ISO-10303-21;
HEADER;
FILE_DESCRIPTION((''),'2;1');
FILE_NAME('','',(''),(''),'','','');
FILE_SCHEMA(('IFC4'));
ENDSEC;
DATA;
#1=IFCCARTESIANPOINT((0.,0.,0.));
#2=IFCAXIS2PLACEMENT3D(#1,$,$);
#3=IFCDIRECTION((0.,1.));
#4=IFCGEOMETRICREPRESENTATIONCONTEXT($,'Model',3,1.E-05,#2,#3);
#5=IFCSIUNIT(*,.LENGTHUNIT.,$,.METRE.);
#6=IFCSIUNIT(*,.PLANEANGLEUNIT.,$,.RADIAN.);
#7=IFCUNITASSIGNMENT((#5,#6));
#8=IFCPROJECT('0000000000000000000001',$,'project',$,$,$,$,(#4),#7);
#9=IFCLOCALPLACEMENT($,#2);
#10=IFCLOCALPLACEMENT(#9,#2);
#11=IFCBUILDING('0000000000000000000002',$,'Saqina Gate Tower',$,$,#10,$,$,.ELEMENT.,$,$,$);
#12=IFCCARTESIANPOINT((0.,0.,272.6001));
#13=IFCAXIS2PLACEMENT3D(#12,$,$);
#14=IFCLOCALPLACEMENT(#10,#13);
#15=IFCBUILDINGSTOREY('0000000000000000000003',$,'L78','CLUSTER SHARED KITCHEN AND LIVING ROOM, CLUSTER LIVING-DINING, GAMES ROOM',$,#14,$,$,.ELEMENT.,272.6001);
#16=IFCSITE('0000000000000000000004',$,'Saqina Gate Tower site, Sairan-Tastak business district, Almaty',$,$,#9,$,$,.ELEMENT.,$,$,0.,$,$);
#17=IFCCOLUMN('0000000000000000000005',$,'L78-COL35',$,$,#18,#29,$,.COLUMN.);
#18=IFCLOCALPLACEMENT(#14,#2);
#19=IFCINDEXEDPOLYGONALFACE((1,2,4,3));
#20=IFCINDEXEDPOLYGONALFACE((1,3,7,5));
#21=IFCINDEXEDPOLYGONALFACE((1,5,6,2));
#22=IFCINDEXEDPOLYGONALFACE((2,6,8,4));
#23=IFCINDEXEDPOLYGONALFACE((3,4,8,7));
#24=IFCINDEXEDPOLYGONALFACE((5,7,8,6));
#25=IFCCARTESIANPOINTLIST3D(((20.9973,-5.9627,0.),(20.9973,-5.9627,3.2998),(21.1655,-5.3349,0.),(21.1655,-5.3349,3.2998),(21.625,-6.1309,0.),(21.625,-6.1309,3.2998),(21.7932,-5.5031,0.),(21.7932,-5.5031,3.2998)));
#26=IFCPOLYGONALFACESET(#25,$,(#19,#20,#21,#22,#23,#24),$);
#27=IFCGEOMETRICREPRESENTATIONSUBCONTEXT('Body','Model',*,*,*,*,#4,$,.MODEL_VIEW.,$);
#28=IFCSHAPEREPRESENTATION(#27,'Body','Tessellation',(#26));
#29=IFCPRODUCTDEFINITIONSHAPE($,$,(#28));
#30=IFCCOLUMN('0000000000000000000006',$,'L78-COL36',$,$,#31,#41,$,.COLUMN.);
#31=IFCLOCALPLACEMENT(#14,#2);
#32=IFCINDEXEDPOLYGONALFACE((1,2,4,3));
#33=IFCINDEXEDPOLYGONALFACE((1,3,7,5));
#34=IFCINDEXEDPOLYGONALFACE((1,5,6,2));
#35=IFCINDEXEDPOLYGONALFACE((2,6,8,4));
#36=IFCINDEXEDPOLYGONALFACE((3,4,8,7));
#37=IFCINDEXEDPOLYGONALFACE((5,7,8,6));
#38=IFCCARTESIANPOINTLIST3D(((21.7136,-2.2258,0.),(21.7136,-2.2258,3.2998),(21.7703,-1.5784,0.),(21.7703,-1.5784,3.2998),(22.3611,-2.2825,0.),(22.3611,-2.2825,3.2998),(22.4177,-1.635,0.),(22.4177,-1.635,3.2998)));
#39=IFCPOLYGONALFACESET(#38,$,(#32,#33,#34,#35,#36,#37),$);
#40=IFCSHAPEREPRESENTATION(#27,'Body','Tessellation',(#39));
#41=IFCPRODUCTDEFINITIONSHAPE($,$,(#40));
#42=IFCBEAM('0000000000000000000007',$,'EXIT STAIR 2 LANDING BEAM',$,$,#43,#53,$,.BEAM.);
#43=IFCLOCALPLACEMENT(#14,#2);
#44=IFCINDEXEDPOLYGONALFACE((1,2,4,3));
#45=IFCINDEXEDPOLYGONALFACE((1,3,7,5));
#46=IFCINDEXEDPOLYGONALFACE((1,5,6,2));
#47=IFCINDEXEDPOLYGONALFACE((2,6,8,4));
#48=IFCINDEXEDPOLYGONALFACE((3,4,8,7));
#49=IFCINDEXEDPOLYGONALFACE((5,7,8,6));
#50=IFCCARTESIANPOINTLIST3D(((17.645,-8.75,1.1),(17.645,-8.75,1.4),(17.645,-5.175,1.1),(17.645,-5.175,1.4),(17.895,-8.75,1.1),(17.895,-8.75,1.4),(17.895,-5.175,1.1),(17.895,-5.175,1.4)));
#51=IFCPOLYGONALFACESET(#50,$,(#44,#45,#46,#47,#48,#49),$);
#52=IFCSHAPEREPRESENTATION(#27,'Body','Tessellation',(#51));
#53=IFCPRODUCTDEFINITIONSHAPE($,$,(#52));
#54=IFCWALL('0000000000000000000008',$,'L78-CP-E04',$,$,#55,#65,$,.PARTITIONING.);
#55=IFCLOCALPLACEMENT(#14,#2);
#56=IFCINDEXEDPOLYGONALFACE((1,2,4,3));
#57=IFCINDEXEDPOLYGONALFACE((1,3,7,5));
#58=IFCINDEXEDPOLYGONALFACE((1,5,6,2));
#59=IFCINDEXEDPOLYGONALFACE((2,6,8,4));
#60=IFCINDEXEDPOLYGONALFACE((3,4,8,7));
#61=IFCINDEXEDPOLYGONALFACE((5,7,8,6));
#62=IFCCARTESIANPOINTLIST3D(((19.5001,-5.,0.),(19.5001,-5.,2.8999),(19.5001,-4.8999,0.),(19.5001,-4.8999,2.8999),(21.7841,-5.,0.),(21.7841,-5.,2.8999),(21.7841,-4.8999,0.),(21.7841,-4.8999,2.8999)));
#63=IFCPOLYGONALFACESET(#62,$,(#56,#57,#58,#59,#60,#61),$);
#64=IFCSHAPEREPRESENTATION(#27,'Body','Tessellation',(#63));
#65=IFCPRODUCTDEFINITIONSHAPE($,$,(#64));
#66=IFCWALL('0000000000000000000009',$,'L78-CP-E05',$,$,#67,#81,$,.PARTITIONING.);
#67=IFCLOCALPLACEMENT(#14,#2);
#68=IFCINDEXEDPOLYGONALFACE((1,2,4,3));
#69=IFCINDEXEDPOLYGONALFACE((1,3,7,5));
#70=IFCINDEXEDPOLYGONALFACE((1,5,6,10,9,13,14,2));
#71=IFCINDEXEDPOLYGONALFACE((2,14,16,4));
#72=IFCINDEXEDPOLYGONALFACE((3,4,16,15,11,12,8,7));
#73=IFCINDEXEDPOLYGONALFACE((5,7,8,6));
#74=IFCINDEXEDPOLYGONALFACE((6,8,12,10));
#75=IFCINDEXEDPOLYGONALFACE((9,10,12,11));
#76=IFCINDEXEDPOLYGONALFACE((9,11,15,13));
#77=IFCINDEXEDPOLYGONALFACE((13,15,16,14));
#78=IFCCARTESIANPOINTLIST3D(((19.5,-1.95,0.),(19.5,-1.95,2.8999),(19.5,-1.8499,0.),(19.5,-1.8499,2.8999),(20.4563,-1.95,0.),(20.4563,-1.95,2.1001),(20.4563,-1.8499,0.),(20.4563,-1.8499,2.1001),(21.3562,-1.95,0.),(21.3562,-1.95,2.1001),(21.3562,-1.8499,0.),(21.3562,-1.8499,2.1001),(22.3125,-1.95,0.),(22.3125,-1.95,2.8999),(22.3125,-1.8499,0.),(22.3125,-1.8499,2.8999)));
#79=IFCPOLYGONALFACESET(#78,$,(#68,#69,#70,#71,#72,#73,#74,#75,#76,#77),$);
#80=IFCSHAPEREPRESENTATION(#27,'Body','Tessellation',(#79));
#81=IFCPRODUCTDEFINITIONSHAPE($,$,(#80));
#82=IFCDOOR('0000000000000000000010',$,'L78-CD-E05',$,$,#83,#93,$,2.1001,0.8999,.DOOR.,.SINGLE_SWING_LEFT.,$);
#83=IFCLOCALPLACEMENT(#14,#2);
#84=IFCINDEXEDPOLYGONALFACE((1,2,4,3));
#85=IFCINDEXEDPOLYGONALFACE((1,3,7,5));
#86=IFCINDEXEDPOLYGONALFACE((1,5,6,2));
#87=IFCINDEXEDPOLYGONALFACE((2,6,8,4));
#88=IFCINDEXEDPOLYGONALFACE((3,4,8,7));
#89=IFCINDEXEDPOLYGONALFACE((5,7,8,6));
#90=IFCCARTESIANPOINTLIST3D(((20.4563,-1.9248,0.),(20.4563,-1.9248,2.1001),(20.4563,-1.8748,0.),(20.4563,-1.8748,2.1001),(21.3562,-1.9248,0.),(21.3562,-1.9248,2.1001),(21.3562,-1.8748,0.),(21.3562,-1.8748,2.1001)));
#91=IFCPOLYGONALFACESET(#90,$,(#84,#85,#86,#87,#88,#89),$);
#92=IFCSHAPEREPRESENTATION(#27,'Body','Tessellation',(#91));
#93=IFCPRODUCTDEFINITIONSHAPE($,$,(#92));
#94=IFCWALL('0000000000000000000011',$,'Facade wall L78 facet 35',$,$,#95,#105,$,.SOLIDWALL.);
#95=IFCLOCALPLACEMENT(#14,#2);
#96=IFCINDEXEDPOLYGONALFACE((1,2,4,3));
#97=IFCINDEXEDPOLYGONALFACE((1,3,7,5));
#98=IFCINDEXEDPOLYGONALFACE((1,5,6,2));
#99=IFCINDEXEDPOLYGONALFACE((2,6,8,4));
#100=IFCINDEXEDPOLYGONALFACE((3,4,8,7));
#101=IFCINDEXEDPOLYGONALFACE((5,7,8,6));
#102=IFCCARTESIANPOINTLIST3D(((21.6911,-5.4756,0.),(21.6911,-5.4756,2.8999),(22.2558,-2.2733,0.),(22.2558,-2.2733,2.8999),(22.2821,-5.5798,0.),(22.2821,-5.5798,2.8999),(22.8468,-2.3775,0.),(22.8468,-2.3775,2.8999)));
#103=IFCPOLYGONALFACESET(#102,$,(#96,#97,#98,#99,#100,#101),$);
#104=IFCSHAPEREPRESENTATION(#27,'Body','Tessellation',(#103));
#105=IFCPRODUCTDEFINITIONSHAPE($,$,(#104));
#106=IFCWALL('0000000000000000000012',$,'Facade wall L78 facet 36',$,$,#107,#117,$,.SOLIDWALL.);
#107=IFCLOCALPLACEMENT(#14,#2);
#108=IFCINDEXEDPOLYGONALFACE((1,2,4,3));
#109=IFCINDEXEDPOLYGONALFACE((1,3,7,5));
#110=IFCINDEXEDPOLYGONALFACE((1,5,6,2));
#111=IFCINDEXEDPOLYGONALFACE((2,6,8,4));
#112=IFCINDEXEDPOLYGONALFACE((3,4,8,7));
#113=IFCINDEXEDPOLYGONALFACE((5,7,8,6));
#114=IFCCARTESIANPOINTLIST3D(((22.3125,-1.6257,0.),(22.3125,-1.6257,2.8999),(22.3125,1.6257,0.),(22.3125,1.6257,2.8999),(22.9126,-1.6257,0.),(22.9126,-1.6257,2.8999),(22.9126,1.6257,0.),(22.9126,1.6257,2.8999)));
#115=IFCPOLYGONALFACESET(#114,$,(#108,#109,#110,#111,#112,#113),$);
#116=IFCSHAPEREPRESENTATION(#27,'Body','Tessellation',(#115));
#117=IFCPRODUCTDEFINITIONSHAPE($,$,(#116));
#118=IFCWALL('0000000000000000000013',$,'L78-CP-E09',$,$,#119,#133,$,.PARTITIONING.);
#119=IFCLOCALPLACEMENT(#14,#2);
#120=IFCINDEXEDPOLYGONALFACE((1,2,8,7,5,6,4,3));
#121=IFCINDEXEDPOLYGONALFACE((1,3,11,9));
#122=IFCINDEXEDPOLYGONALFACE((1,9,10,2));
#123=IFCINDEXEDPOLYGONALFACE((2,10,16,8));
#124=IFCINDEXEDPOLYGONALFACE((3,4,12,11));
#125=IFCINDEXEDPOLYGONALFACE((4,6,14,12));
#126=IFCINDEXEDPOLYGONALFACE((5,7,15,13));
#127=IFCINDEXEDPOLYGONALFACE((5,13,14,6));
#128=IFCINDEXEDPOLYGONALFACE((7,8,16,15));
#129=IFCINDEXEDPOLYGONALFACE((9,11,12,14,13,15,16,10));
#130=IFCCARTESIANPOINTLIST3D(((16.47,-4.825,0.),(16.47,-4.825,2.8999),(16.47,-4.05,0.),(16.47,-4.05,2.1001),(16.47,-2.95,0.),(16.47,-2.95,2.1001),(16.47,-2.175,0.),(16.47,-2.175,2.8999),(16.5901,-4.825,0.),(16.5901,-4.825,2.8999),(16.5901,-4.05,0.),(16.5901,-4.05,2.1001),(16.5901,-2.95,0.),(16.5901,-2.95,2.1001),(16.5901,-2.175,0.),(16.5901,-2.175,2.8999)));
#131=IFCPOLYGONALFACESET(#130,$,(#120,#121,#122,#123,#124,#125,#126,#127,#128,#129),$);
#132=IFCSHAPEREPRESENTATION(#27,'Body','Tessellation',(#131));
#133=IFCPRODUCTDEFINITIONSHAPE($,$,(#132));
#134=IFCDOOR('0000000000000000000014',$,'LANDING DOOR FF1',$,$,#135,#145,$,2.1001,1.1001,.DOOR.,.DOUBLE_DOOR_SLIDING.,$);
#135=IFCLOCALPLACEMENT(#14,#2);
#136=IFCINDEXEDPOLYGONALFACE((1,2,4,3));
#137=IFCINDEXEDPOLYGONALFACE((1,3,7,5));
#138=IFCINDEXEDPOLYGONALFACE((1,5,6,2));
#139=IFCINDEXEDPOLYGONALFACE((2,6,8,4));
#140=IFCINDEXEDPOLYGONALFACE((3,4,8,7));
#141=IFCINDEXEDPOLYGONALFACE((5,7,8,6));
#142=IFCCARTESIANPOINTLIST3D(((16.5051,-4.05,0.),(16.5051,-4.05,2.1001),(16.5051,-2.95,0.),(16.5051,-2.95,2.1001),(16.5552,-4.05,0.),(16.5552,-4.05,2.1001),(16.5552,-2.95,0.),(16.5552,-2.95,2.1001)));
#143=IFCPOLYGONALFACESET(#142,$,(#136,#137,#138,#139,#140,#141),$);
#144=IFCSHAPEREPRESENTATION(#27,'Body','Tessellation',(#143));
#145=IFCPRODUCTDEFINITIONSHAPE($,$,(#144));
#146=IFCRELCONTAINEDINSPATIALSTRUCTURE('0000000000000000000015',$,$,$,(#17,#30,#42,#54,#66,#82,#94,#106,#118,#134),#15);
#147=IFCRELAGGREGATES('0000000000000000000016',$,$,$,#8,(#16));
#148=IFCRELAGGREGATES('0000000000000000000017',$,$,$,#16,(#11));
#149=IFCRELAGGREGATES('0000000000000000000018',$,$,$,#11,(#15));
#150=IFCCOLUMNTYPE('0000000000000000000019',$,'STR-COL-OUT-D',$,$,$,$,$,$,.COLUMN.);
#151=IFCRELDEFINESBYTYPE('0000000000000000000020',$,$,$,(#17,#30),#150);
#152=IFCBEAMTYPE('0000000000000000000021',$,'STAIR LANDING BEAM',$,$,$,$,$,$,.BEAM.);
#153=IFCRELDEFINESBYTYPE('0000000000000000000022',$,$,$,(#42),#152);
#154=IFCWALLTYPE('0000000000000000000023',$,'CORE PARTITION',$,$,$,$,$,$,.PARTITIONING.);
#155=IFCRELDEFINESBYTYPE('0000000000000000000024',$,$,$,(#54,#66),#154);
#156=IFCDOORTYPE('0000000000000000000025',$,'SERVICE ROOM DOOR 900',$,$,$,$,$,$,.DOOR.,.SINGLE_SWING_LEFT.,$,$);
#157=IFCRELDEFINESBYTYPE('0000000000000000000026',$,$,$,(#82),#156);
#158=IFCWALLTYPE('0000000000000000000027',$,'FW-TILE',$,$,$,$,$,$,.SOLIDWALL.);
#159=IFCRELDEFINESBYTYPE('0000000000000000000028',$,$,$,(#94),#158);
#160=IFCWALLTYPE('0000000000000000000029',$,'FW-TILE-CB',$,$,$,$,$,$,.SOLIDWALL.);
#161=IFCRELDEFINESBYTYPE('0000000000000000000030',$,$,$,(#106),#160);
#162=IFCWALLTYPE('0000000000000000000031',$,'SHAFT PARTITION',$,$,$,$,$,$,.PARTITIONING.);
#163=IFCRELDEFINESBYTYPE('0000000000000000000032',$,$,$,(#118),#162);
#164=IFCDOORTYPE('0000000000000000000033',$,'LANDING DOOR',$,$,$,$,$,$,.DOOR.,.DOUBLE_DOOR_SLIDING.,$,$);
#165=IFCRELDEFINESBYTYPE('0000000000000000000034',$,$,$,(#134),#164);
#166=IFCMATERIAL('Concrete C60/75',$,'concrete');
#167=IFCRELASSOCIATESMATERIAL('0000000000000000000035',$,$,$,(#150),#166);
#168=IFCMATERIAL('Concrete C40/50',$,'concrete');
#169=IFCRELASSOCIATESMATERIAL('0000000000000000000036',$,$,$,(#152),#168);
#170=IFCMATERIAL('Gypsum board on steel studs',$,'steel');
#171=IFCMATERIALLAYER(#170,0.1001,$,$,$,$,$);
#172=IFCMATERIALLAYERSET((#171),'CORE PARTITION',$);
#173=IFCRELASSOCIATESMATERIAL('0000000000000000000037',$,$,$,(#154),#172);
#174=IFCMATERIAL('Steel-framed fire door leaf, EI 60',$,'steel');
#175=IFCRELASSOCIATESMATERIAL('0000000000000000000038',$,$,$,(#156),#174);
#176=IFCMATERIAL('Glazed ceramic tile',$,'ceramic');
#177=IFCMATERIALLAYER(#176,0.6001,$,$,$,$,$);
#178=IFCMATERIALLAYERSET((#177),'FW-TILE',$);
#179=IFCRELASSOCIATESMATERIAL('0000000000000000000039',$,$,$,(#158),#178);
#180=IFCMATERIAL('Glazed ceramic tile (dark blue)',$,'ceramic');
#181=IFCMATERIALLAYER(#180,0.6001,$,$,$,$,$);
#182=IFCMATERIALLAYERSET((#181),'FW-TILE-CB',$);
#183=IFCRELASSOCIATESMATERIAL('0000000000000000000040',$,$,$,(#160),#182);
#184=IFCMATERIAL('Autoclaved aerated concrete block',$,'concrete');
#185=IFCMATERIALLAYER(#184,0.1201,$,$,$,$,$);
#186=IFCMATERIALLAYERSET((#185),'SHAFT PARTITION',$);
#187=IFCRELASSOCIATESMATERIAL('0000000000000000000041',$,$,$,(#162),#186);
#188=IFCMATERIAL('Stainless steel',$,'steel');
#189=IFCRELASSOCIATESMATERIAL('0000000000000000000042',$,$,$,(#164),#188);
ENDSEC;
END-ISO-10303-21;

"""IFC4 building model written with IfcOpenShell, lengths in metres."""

from ifc_helpers import new_model, si_unit, direction, frame, frame_2d, origin, origin_2d, place, context, subcontext, project, spatial, rectangle, extrude, material, layer, layer_set, material_profile, profile_set, type_object, element, fill, save


model = new_model("IFC4")

# Units and contexts
model_context = context("Model", 3, precision=1e-05, world=origin(), true_north=direction((0.0, 1.0)))
body_context = subcontext(model_context, "Body", "Model", "MODEL_VIEW")
ifc_project = project(units=[si_unit("LENGTHUNIT", "METRE"), si_unit("PLANEANGLEUNIT", "RADIAN")], contexts=[model_context])

# Site, building, storey
site_placement = place(None, origin())
site = spatial("IfcSite", under=ifc_project, at=site_placement, Name="Saqina Gate Tower site, Sairan-Tastak business district, Almaty", CompositionType="ELEMENT", RefElevation=0.0)
building_placement = place(site_placement, origin())
building = spatial("IfcBuilding", under=site, at=building_placement, Name="Saqina Gate Tower", CompositionType="ELEMENT")
storey_placement = place(building_placement, frame((0.0, 0.0, 272.6001)))
storey = spatial("IfcBuildingStorey", under=building, at=storey_placement, Name="L78", Description="CLUSTER SHARED KITCHEN AND LIVING ROOM, CLUSTER LIVING-DINING, GAMES ROOM", CompositionType="ELEMENT", Elevation=272.6001)

# Columns
ifc_material_1 = material(Name="Concrete C60/75", Category="concrete")
ifc_material_profile_1 = material_profile(ifc_material_1, rectangle(XDim=0.6499, YDim=0.6499, at=origin_2d()), Name="RC 650x650")
ifc_profile_set_1 = profile_set([ifc_material_profile_1], Name="Concrete C60/75")
column_type = type_object("IfcColumnType", Name="STR-COL-OUT-D", PredefinedType="COLUMN", material=ifc_profile_set_1)
for number, where, z_axis, x_axis, name in (
    (1, (21.3953, -5.7329, 0.0), (0.0, 0.0, 1.0), (0.965926, -0.258819, 0.0), "L78-COL35"),
    (2, (22.0657, -1.9304, 0.0), (0.0, 0.0, 1.0), (0.996195, -0.087156, 0.0), "L78-COL36"),
):
    element("IfcColumn", number, at=place(storey_placement, frame(where, z_axis=z_axis, x_axis=x_axis)), inside=storey, type_object=column_type, Name=name, PredefinedType="COLUMN", context=body_context, shape_type="SweptSolid", body=[
        extrude(rectangle(XDim=0.6499, YDim=0.6499, at=origin_2d()), origin(), (0.0, 0.0, 1.0), 3.2998),
    ])

# Beam
ifc_material_2 = material(Name="Concrete C40/50", Category="concrete")
ifc_material_profile_2 = material_profile(ifc_material_2, rectangle(XDim=0.25, YDim=0.3, at=origin_2d()), Name="STAIR LANDING BEAM")
ifc_profile_set_2 = profile_set([ifc_material_profile_2], Name="Concrete C40/50")
beam_type = type_object("IfcBeamType", Name="STAIR LANDING BEAM", PredefinedType="BEAM", material=ifc_profile_set_2)
beam_placement = place(storey_placement, frame((17.77, -8.75, 1.25), z_axis=(0.0, 1.0, 0.0), x_axis=(-1.0, 0.0, 0.0)))
element("IfcBeam", 3, at=beam_placement, inside=storey, type_object=beam_type, Name="EXIT STAIR 2 LANDING BEAM", PredefinedType="BEAM", context=body_context, shape_type="SweptSolid", body=[
    extrude(rectangle(XDim=0.25, YDim=0.3, at=origin_2d()), origin(), (0.0, 0.0, 1.0), 3.575),
])

# Wall
ifc_material_3 = material(Name="Gypsum board on steel studs", Category="steel")
ifc_layer_1 = layer(ifc_material_3, 0.1001)
ifc_layer_set_1 = layer_set([ifc_layer_1], Name="CORE PARTITION")
wall_type_1 = type_object("IfcWallType", Name="CORE PARTITION", PredefinedType="PARTITIONING", material=ifc_layer_set_1)
wall_1_placement = place(storey_placement, frame((19.5, -4.95, 0.0), z_axis=(0.0, 0.0, 1.0), x_axis=(1.0, 0.0, 0.0)))
element("IfcWall", 4, at=wall_1_placement, inside=storey, type_object=wall_type_1, Name="L78-CP-E04", PredefinedType="PARTITIONING", context=body_context, shape_type="SweptSolid", body=[
    extrude(rectangle(XDim=2.2839, YDim=0.1001, at=frame_2d((1.1421, 0.0))), origin(), (0.0, 0.0, 1.0), 2.8999),
])

# Wall, opening, door
wall_2_placement = place(storey_placement, frame((19.5, -1.8999, 0.0), z_axis=(0.0, 0.0, 1.0), x_axis=(1.0, 0.0, 0.0)))
wall_2 = element("IfcWall", 5, at=wall_2_placement, inside=storey, type_object=wall_type_1, Name="L78-CP-E05", PredefinedType="PARTITIONING", context=body_context, shape_type="SweptSolid", body=[
    extrude(rectangle(XDim=2.8125, YDim=0.1001, at=frame_2d((1.4062, 0.0))), origin(), (0.0, 0.0, 1.0), 2.8999),
])
opening_1_placement = place(wall_2_placement, frame((0.9563, 0.0, 0.0)))
opening_1 = element("IfcOpeningElement", 6, at=opening_1_placement, cuts=wall_2, PredefinedType="OPENING", context=body_context, shape_type="SweptSolid", body=[
    extrude(rectangle(XDim=0.8999, YDim=2.1001, at=frame_2d((0.45, 1.05))), frame((0.0, 0.062, 0.0), z_axis=(0.0, -1.0, 0.0), x_axis=(1.0, 0.0, 0.0)), (0.0, 0.0, 1.0), 0.124),
])
ifc_material_4 = material(Name="Steel-framed fire door leaf, EI 60", Category="steel")
door_type_1 = type_object("IfcDoorType", Name="SERVICE ROOM DOOR 900", OperationType="SINGLE_SWING_LEFT", PredefinedType="DOOR", material=ifc_material_4)
door_1_placement = place(opening_1_placement, frame((0.8999, 0.0, 0.0), z_axis=(0.0, 0.0, 1.0), x_axis=(-1.0, 0.0, 0.0)))
door_1 = element("IfcDoor", 7, at=door_1_placement, inside=storey, type_object=door_type_1, Name="L78-CD-E05", OperationType="SINGLE_SWING_LEFT", OverallHeight=2.1001, OverallWidth=0.8999, PredefinedType="DOOR", context=body_context, shape_type="SweptSolid", body=[
    extrude(rectangle(XDim=0.8999, YDim=2.1001, at=frame_2d((0.45, 1.05))), frame((0.0, 0.0249, 0.0), z_axis=(0.0, -1.0, 0.0), x_axis=(1.0, 0.0, 0.0)), (0.0, 0.0, 1.0), 0.05),
])
fill(opening_1, door_1)

# Walls
ifc_material_5 = material(Name="Glazed ceramic tile", Category="ceramic")
ifc_layer_2 = layer(ifc_material_5, 0.6001)
ifc_layer_set_2 = layer_set([ifc_layer_2], Name="FW-TILE")
wall_type_2 = type_object("IfcWallType", Name="FW-TILE", PredefinedType="SOLIDWALL", material=ifc_layer_set_2)
wall_3_placement = place(storey_placement, frame((21.9866, -5.5278, 0.0), z_axis=(0.0, 0.0, 1.0), x_axis=(0.173657, 0.984806, 0.0)))
element("IfcWall", 8, at=wall_3_placement, inside=storey, type_object=wall_type_2, Name="Facade wall L78 facet 35", PredefinedType="SOLIDWALL", context=body_context, shape_type="SweptSolid", body=[
    extrude(rectangle(XDim=3.2517, YDim=0.6001, at=frame_2d((1.626, 0.0))), origin(), (0.0, 0.0, 1.0), 2.8999),
])
ifc_material_6 = material(Name="Glazed ceramic tile (dark blue)", Category="ceramic")
ifc_layer_3 = layer(ifc_material_6, 0.6001)
ifc_layer_set_3 = layer_set([ifc_layer_3], Name="FW-TILE-CB")
wall_type_3 = type_object("IfcWallType", Name="FW-TILE-CB", PredefinedType="SOLIDWALL", material=ifc_layer_set_3)
wall_4_placement = place(storey_placement, frame((22.6125, -1.6257, 0.0), z_axis=(0.0, 0.0, 1.0), x_axis=(0.0, 1.0, 0.0)))
element("IfcWall", 9, at=wall_4_placement, inside=storey, type_object=wall_type_3, Name="Facade wall L78 facet 36", PredefinedType="SOLIDWALL", context=body_context, shape_type="SweptSolid", body=[
    extrude(rectangle(XDim=3.2515, YDim=0.6001, at=frame_2d((1.6257, 0.0))), origin(), (0.0, 0.0, 1.0), 2.8999),
])

# Wall, opening, door
ifc_material_7 = material(Name="Autoclaved aerated concrete block", Category="concrete")
ifc_layer_4 = layer(ifc_material_7, 0.1201)
ifc_layer_set_4 = layer_set([ifc_layer_4], Name="SHAFT PARTITION")
wall_type_4 = type_object("IfcWallType", Name="SHAFT PARTITION", PredefinedType="PARTITIONING", material=ifc_layer_set_4)
wall_5_placement = place(storey_placement, frame((16.53, -4.825, 0.0), z_axis=(0.0, 0.0, 1.0), x_axis=(0.0, 1.0, 0.0)))
wall_5 = element("IfcWall", 10, at=wall_5_placement, inside=storey, type_object=wall_type_4, Name="L78-CP-E09", PredefinedType="PARTITIONING", context=body_context, shape_type="SweptSolid", body=[
    extrude(rectangle(XDim=2.6499, YDim=0.1201, at=frame_2d((1.325, 0.0))), origin(), (0.0, 0.0, 1.0), 2.8999),
])
opening_2_placement = place(wall_5_placement, frame((0.7749, 0.0, 0.0)))
opening_2 = element("IfcOpeningElement", 11, at=opening_2_placement, cuts=wall_5, PredefinedType="OPENING", context=body_context, shape_type="SweptSolid", body=[
    extrude(rectangle(XDim=1.1001, YDim=2.1001, at=frame_2d((0.55, 1.05))), frame((0.0, 0.072, 0.0), z_axis=(0.0, -1.0, 0.0), x_axis=(1.0, 0.0, 0.0)), (0.0, 0.0, 1.0), 0.144),
])
ifc_material_8 = material(Name="Stainless steel", Category="steel")
door_type_2 = type_object("IfcDoorType", Name="LANDING DOOR", OperationType="DOUBLE_DOOR_SLIDING", PredefinedType="DOOR", material=ifc_material_8)
door_2_placement = place(opening_2_placement, origin())
door_2 = element("IfcDoor", 12, at=door_2_placement, inside=storey, type_object=door_type_2, Name="LANDING DOOR FF1", OperationType="DOUBLE_DOOR_SLIDING", OverallHeight=2.1001, OverallWidth=1.1001, PredefinedType="DOOR", context=body_context, shape_type="SweptSolid", body=[
    extrude(rectangle(XDim=1.1001, YDim=2.1001, at=frame_2d((0.55, 1.05))), frame((0.0, 0.0249, 0.0), z_axis=(0.0, -1.0, 0.0), x_axis=(1.0, 0.0, 0.0)), (0.0, 0.0, 1.0), 0.05),
])
fill(opening_2, door_2)

save(model, "model.ifc")
